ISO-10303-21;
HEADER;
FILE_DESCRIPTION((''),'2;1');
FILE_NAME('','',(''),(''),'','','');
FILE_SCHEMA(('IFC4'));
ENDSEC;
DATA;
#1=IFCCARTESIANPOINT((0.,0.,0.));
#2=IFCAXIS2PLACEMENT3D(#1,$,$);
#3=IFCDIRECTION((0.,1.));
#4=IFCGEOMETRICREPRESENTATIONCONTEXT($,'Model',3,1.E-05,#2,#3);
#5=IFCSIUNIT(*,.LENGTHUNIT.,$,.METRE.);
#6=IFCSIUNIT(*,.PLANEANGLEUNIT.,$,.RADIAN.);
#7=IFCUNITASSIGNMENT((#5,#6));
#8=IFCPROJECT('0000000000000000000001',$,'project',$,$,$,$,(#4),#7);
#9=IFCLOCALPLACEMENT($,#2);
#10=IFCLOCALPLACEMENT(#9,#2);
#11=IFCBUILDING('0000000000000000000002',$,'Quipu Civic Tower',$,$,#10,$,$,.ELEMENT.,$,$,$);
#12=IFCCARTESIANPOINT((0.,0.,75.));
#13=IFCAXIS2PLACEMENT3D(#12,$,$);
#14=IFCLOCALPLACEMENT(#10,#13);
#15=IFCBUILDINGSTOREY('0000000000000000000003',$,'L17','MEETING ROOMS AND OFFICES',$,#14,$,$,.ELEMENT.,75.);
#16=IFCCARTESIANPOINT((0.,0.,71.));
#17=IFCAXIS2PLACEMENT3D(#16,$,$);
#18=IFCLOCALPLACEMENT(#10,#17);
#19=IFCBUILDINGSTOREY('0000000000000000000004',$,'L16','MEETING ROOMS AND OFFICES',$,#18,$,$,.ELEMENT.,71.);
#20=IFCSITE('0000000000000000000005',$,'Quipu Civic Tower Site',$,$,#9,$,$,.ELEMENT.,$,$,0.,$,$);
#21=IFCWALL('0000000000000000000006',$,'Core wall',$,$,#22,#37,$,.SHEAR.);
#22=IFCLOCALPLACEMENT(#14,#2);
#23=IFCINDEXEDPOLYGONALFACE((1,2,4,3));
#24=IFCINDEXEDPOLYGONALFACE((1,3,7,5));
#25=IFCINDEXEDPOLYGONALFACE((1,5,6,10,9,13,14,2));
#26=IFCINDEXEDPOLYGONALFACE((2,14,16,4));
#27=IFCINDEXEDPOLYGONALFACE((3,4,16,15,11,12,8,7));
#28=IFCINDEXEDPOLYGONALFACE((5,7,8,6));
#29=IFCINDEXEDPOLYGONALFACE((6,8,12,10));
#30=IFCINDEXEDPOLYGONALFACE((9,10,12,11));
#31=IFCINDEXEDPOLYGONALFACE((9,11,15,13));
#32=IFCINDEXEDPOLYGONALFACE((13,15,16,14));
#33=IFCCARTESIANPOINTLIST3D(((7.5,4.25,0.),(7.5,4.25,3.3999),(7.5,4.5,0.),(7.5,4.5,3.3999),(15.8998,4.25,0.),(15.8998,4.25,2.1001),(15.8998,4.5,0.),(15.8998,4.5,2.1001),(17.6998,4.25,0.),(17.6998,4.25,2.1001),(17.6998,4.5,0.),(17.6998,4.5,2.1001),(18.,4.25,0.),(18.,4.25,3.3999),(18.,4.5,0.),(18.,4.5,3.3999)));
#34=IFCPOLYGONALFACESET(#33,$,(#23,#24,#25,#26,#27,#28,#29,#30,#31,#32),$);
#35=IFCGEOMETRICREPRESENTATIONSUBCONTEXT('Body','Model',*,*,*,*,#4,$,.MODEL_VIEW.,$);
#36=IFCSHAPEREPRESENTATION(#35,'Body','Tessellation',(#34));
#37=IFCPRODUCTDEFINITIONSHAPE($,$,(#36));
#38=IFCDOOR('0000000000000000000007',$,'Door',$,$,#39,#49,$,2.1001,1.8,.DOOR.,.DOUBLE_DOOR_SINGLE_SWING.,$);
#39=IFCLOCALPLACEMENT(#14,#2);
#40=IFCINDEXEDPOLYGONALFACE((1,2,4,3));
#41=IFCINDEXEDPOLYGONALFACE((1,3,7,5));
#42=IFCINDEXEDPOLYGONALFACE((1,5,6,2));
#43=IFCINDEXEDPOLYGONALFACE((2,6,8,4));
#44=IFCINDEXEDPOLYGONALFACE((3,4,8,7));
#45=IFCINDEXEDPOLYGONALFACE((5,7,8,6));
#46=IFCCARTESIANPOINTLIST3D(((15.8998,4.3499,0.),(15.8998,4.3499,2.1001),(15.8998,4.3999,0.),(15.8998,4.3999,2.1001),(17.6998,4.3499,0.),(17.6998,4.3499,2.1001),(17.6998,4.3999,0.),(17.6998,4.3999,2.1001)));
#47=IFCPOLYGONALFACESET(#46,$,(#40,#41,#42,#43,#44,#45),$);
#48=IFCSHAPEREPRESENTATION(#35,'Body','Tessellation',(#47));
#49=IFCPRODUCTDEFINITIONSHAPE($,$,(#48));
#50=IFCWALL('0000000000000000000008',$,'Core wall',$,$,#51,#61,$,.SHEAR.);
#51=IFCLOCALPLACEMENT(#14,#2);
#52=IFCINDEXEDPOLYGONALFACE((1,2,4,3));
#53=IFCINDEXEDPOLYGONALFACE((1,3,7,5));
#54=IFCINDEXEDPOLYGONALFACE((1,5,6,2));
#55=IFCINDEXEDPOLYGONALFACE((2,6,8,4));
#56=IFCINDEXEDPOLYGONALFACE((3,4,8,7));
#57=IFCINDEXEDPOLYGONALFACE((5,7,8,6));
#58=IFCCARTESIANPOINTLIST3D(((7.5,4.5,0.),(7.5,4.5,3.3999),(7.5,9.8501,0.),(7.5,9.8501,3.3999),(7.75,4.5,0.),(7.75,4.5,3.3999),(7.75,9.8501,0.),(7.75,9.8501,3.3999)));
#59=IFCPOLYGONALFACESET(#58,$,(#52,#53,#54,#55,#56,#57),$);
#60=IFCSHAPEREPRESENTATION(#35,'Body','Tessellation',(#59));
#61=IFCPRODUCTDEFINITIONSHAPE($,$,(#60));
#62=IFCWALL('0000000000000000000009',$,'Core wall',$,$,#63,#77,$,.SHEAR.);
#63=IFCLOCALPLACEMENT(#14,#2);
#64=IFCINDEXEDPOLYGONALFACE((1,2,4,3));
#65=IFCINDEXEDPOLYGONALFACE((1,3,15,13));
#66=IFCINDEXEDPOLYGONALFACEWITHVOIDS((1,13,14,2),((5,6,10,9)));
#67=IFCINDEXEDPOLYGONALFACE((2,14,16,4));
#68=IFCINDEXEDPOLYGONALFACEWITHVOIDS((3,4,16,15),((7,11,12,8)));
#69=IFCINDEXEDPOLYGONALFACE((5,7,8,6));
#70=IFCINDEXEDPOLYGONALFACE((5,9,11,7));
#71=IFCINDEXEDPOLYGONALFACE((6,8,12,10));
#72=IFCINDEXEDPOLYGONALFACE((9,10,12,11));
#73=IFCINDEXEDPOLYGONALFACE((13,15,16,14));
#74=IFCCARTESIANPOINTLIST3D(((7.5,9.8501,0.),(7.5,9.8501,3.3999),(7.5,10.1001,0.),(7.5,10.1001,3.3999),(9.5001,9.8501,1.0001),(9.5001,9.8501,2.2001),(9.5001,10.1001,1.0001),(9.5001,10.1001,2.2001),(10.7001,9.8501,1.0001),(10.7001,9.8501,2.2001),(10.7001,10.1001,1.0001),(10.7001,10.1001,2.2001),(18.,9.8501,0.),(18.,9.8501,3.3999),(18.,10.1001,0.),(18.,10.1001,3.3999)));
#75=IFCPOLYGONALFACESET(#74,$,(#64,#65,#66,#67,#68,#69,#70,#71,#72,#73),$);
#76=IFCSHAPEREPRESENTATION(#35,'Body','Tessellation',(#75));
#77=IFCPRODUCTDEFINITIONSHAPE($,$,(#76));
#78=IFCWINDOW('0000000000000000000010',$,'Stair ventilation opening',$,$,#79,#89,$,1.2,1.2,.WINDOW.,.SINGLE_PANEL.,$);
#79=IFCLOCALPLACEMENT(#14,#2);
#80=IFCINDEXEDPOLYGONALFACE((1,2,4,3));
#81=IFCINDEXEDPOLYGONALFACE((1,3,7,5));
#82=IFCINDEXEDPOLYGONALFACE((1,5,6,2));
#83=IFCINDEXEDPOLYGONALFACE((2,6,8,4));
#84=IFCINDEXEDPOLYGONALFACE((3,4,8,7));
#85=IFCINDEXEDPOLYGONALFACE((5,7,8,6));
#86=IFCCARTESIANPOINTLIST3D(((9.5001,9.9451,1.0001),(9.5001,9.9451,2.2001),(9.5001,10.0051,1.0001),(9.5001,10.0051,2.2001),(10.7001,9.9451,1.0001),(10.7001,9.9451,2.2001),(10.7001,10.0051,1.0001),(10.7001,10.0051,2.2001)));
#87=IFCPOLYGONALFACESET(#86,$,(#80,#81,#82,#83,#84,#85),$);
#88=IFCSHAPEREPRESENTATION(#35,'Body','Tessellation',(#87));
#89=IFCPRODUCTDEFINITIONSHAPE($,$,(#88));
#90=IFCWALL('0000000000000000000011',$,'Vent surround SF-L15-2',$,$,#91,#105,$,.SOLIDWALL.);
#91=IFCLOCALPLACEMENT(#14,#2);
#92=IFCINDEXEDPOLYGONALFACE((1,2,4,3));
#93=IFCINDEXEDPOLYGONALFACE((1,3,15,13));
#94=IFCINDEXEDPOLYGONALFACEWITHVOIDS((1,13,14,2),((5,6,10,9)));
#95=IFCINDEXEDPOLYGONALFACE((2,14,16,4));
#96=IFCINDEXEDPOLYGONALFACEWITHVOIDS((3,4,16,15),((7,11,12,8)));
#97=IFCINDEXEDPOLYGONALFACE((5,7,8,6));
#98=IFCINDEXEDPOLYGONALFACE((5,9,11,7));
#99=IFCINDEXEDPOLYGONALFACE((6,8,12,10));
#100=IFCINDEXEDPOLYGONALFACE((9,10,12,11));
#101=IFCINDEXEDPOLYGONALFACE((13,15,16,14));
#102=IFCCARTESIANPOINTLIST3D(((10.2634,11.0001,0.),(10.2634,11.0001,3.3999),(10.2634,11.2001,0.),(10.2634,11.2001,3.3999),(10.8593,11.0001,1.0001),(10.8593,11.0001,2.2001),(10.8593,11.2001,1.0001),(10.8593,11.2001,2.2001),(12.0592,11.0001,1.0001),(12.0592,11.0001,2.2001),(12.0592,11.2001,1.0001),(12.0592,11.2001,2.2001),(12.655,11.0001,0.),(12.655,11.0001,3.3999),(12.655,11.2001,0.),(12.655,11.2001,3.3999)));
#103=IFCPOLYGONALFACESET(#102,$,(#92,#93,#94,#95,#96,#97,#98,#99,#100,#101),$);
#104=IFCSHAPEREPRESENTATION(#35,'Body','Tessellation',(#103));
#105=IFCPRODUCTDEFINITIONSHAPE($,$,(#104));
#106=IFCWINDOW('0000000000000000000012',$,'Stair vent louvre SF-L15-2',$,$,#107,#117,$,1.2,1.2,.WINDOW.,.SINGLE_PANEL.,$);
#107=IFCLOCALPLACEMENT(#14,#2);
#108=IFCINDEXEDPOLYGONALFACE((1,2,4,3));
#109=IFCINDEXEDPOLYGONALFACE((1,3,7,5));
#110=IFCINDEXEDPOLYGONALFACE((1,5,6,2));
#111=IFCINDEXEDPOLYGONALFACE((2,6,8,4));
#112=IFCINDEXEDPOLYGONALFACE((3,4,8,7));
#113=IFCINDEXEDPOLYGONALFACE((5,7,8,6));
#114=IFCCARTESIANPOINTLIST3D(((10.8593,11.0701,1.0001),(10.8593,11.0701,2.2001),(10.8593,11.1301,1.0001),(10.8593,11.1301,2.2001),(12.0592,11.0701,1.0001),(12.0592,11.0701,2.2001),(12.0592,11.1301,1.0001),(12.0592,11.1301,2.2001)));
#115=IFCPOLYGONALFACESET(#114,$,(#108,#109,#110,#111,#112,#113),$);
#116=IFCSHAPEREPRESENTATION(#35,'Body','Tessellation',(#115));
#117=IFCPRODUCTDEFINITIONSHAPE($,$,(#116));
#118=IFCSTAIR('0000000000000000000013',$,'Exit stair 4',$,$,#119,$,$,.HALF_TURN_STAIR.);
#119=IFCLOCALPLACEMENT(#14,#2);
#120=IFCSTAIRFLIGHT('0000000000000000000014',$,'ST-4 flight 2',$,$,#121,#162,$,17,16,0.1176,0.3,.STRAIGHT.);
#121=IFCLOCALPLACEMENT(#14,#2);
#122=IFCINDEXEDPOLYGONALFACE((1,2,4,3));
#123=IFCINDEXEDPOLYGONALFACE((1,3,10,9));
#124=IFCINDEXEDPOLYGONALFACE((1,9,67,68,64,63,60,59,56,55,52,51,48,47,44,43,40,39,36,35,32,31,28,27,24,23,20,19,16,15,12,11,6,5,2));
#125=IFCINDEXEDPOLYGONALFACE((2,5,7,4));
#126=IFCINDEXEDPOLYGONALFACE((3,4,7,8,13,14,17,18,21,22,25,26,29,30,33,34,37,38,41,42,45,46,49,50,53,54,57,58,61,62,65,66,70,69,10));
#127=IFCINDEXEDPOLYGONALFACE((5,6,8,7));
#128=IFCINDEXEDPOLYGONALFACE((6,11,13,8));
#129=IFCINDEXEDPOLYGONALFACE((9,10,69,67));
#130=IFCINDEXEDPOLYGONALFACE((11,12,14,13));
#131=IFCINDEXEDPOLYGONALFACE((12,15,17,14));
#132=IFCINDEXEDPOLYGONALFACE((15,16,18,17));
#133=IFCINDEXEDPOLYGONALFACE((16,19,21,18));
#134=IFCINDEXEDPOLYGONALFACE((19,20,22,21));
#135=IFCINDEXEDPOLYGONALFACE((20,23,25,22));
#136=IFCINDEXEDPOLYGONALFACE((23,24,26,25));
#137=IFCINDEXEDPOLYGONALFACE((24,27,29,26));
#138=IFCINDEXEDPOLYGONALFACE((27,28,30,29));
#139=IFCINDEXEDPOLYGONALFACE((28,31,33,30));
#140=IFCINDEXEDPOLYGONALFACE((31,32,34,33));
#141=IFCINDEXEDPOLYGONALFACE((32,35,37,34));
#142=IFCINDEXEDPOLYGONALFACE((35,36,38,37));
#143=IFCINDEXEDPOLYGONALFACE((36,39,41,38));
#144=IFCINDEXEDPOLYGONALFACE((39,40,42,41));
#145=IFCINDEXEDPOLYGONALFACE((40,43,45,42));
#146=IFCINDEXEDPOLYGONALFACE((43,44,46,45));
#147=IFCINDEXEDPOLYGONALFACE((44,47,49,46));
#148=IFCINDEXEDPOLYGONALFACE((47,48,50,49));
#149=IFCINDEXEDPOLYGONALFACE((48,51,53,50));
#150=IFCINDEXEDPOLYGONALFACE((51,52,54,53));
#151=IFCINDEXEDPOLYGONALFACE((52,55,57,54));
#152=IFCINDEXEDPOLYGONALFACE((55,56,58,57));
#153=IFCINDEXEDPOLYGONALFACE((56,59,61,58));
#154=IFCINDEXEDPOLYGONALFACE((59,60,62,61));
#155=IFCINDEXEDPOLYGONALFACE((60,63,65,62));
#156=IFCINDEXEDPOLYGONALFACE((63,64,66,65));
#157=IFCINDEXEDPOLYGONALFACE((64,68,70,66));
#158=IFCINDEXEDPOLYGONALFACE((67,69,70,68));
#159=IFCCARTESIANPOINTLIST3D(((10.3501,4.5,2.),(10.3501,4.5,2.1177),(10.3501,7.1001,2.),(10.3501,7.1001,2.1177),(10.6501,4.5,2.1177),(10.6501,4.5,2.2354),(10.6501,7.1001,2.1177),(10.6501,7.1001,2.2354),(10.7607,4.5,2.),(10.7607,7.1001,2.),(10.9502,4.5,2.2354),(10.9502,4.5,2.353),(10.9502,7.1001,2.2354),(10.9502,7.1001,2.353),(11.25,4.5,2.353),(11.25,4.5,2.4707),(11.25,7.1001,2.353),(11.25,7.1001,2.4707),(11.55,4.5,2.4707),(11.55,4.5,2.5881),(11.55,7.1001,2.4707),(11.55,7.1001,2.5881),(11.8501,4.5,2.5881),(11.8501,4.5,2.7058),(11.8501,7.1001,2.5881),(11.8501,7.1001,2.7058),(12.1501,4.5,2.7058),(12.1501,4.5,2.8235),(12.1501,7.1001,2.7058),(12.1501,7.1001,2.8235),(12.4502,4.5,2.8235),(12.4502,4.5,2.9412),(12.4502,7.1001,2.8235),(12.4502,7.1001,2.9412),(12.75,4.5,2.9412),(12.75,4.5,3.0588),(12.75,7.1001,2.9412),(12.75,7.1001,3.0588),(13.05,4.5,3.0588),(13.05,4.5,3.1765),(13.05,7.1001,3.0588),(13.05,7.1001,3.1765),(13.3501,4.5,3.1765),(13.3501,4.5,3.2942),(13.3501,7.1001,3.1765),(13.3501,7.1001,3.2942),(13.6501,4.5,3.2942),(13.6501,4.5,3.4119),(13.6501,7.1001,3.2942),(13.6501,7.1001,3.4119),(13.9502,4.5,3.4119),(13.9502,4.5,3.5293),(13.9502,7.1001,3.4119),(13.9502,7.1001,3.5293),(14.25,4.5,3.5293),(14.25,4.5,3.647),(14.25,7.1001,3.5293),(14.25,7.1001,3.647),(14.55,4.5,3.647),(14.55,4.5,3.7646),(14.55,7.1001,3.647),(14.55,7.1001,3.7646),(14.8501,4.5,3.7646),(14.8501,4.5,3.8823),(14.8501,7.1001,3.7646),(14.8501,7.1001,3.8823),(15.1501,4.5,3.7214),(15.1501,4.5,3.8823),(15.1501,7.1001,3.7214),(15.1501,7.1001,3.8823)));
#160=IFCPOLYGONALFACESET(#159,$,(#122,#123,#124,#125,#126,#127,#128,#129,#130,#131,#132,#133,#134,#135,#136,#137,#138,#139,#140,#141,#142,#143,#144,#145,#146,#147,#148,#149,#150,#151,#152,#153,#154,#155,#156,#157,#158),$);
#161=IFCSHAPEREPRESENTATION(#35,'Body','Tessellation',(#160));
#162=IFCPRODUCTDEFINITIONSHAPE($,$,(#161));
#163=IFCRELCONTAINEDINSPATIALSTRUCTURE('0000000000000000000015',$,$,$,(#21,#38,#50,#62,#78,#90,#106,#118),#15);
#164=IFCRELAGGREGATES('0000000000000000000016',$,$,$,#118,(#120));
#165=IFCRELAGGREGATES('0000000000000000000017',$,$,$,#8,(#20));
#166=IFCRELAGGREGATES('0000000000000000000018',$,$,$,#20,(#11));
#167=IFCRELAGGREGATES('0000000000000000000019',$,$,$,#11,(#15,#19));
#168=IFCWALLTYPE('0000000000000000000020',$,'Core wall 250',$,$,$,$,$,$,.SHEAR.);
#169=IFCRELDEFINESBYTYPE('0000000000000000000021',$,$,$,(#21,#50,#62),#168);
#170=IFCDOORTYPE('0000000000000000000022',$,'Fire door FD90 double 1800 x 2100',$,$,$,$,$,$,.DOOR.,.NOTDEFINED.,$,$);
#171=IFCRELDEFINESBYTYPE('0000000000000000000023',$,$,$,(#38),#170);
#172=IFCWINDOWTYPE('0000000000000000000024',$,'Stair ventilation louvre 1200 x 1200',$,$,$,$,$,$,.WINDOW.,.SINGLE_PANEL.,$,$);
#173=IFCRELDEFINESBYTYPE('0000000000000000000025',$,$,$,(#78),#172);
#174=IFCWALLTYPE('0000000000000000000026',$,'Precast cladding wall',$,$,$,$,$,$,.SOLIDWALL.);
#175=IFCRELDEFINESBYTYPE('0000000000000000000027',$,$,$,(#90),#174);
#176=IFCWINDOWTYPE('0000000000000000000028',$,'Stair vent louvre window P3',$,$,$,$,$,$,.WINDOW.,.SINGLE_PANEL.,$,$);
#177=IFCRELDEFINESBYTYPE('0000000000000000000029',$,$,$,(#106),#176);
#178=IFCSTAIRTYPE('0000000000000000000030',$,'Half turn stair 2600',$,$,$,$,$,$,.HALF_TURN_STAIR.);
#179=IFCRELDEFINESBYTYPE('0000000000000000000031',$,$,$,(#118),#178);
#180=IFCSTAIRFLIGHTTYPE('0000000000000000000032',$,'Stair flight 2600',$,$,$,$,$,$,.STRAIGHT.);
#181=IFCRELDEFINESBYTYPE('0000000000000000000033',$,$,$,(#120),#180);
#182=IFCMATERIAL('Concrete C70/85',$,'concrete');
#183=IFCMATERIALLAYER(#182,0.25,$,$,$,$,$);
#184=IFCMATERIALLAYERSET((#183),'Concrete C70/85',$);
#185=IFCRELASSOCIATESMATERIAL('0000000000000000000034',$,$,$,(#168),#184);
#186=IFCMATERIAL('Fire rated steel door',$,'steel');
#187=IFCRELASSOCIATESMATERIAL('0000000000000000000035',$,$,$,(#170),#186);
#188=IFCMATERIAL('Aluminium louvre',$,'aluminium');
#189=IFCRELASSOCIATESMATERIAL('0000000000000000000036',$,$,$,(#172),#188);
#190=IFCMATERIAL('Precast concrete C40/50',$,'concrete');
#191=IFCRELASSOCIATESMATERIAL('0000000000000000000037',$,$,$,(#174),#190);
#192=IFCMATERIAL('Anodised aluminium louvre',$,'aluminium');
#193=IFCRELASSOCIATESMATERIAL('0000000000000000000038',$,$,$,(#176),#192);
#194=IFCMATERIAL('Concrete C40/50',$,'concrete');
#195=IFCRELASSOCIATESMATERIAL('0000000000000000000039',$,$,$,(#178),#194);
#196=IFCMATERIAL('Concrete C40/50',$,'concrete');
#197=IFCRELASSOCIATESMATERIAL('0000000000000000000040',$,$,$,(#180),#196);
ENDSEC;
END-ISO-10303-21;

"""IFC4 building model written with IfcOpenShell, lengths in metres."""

from ifc_helpers import new_model, si_unit, direction, frame, frame_2d, origin, place, context, subcontext, project, spatial, polyline, rectangle, outline, extrude, material, layer, layer_set, type_object, element, fill, aggregate, save


model = new_model("IFC4")

# Units and contexts
model_context = context("Model", 3, precision=1e-05, world=origin(), true_north=direction((0.0, 1.0)))
body_context = subcontext(model_context, "Body", "Model", "MODEL_VIEW")
ifc_project = project(units=[si_unit("LENGTHUNIT", "METRE"), si_unit("PLANEANGLEUNIT", "RADIAN")], contexts=[model_context])

# Site, building, storey
site_placement = place(None, origin())
site = spatial("IfcSite", under=ifc_project, at=site_placement, Name="Quipu Civic Tower Site", CompositionType="ELEMENT", RefElevation=0.0)
building_placement = place(site_placement, origin())
building = spatial("IfcBuilding", under=site, at=building_placement, Name="Quipu Civic Tower", CompositionType="ELEMENT")
storey_1_placement = place(building_placement, frame((0.0, 0.0, 75.0)))
storey_1 = spatial("IfcBuildingStorey", under=building, at=storey_1_placement, Name="L17", Description="MEETING ROOMS AND OFFICES", CompositionType="ELEMENT", Elevation=75.0)

# Shared definitions
storey_2_placement = place(building_placement, frame((0.0, 0.0, 71.0)))
storey_2 = spatial("IfcBuildingStorey", under=building, at=storey_2_placement, Name="L16", Description="MEETING ROOMS AND OFFICES", CompositionType="ELEMENT", Elevation=71.0)

# Shared definitions
ifc_material_1 = material(Name="Concrete C70/85", Category="concrete")
ifc_layer_1 = layer(ifc_material_1, 0.25)
ifc_layer_set_1 = layer_set([ifc_layer_1], Name="Concrete C70/85")
wall_type_1 = type_object("IfcWallType", Name="Core wall 250", PredefinedType="SHEAR", material=ifc_layer_set_1)
ifc_material_2 = material(Name="Fire rated steel door", Category="steel")
door_type = type_object("IfcDoorType", Name="Fire door FD90 double 1800 x 2100", OperationType="NOTDEFINED", PredefinedType="DOOR", material=ifc_material_2)

# Wall, opening, door
wall_1_placement = place(storey_1_placement, frame((7.5, 4.375, 0.0), z_axis=(0.0, 0.0, 1.0), x_axis=(1.0, 0.0, 0.0)))
wall_1 = element("IfcWall", 1, at=wall_1_placement, inside=storey_1, type_object=wall_type_1, Name="Core wall", PredefinedType="SHEAR", context=body_context, shape_type="SweptSolid", body=[
    extrude(rectangle(XDim=10.5, YDim=0.25, at=frame_2d((5.25, 0.0))), origin(), (0.0, 0.0, 1.0), 3.3999),
])
opening_1_placement = place(wall_1_placement, frame((8.3999, 0.0, 0.0)))
opening_1 = element("IfcOpeningElement", 2, at=opening_1_placement, cuts=wall_1, PredefinedType="OPENING", context=body_context, shape_type="SweptSolid", body=[
    extrude(rectangle(XDim=1.8, YDim=2.1001, at=frame_2d((0.8999, 1.05))), frame((0.0, 0.135, 0.0), z_axis=(0.0, -1.0, 0.0), x_axis=(1.0, 0.0, 0.0)), (0.0, 0.0, 1.0), 0.27),
])
door_1_placement = place(opening_1_placement, origin())
door_1 = element("IfcDoor", 3, at=door_1_placement, inside=storey_1, type_object=door_type, Name="Door", OperationType="DOUBLE_DOOR_SINGLE_SWING", OverallHeight=2.1001, OverallWidth=1.8, PredefinedType="DOOR", context=body_context, shape_type="SweptSolid", body=[
    extrude(rectangle(XDim=1.8, YDim=2.1001, at=frame_2d((0.8999, 1.05))), frame((0.0, 0.0249, 0.0), z_axis=(0.0, -1.0, 0.0), x_axis=(1.0, 0.0, 0.0)), (0.0, 0.0, 1.0), 0.05),
])
fill(opening_1, door_1)

# Wall
wall_2_placement = place(storey_1_placement, frame((7.625, 4.5, 0.0), z_axis=(0.0, 0.0, 1.0), x_axis=(0.0, 1.0, 0.0)))
element("IfcWall", 4, at=wall_2_placement, inside=storey_1, type_object=wall_type_1, Name="Core wall", PredefinedType="SHEAR", context=body_context, shape_type="SweptSolid", body=[
    extrude(rectangle(XDim=5.3501, YDim=0.25, at=frame_2d((2.675, 0.0))), origin(), (0.0, 0.0, 1.0), 3.3999),
])

# Walls, openings, windows
wall_3_placement = place(storey_1_placement, frame((7.5, 9.9751, 0.0), z_axis=(0.0, 0.0, 1.0), x_axis=(1.0, 0.0, 0.0)))
wall_3 = element("IfcWall", 5, at=wall_3_placement, inside=storey_1, type_object=wall_type_1, Name="Core wall", PredefinedType="SHEAR", context=body_context, shape_type="SweptSolid", body=[
    extrude(rectangle(XDim=10.5, YDim=0.25, at=frame_2d((5.25, 0.0))), origin(), (0.0, 0.0, 1.0), 3.3999),
])
opening_2_placement = place(wall_3_placement, frame((2.0, 0.0, 1.0)))
opening_2 = element("IfcOpeningElement", 6, at=opening_2_placement, cuts=wall_3, PredefinedType="OPENING", context=body_context, shape_type="SweptSolid", body=[
    extrude(rectangle(XDim=1.2, YDim=1.2, at=frame_2d((0.6001, 0.6001))), frame((0.0, 0.135, 0.0), z_axis=(0.0, -1.0, 0.0), x_axis=(1.0, 0.0, 0.0)), (0.0, 0.0, 1.0), 0.27),
])
ifc_material_3 = material(Name="Aluminium louvre", Category="aluminium")
window_type_1 = type_object("IfcWindowType", Name="Stair ventilation louvre 1200 x 1200", PartitioningType="SINGLE_PANEL", PredefinedType="WINDOW", material=ifc_material_3)
window_1_placement = place(opening_2_placement, origin())
window_1 = element("IfcWindow", 7, at=window_1_placement, inside=storey_1, type_object=window_type_1, Name="Stair ventilation opening", OverallHeight=1.2, OverallWidth=1.2, PartitioningType="SINGLE_PANEL", PredefinedType="WINDOW", context=body_context, shape_type="SweptSolid", body=[
    extrude(rectangle(XDim=1.2, YDim=1.2, at=frame_2d((0.6001, 0.6001))), frame((0.0, 0.03, 0.0), z_axis=(0.0, -1.0, 0.0), x_axis=(1.0, 0.0, 0.0)), (0.0, 0.0, 1.0), 0.0601),
])
fill(opening_2, window_1)
ifc_material_4 = material(Name="Precast concrete C40/50", Category="concrete")
wall_type_2 = type_object("IfcWallType", Name="Precast cladding wall", PredefinedType="SOLIDWALL", material=ifc_material_4)
wall_4_placement = place(storey_1_placement, frame((12.655, 11.1001, 0.0), z_axis=(0.0, 0.0, 1.0), x_axis=(-1.0, 0.0, 0.0)))
wall_4 = element("IfcWall", 8, at=wall_4_placement, inside=storey_1, type_object=wall_type_2, Name="Vent surround SF-L15-2", PredefinedType="SOLIDWALL", context=body_context, shape_type="SweptSolid", body=[
    extrude(rectangle(XDim=2.3916, YDim=0.2, at=frame_2d((1.1958, 0.0))), origin(), (0.0, 0.0, 1.0), 3.3999),
])
opening_3_placement = place(wall_4_placement, frame((0.5957, 0.0, 1.0)))
opening_3 = element("IfcOpeningElement", 9, at=opening_3_placement, cuts=wall_4, PredefinedType="OPENING", context=body_context, shape_type="SweptSolid", body=[
    extrude(rectangle(XDim=1.2, YDim=1.2, at=frame_2d((0.6001, 0.6001))), frame((0.0, 0.1099, 0.0), z_axis=(0.0, -1.0, 0.0), x_axis=(1.0, 0.0, 0.0)), (0.0, 0.0, 1.0), 0.22),
])
ifc_material_5 = material(Name="Anodised aluminium louvre", Category="aluminium")
window_type_2 = type_object("IfcWindowType", Name="Stair vent louvre window P3", PartitioningType="SINGLE_PANEL", PredefinedType="WINDOW", material=ifc_material_5)
window_2_placement = place(opening_3_placement, origin())
window_2 = element("IfcWindow", 10, at=window_2_placement, inside=storey_1, type_object=window_type_2, Name="Stair vent louvre SF-L15-2", OverallHeight=1.2, OverallWidth=1.2, PartitioningType="SINGLE_PANEL", PredefinedType="WINDOW", context=body_context, shape_type="SweptSolid", body=[
    extrude(rectangle(XDim=1.2, YDim=1.2, at=frame_2d((0.6001, 0.6001))), frame((0.0, 0.03, 0.0), z_axis=(0.0, -1.0, 0.0), x_axis=(1.0, 0.0, 0.0)), (0.0, 0.0, 1.0), 0.0601),
])
fill(opening_3, window_2)

# Stair, stair flight
ifc_material_6 = material(Name="Concrete C40/50", Category="concrete")
stair_type = type_object("IfcStairType", Name="Half turn stair 2600", PredefinedType="HALF_TURN_STAIR", material=ifc_material_6)
stair_placement = place(storey_1_placement, origin())
stair = element("IfcStair", 11, at=stair_placement, inside=storey_1, type_object=stair_type, Name="Exit stair 4", PredefinedType="HALF_TURN_STAIR")
ifc_material_7 = material(Name="Concrete C40/50", Category="concrete")
stair_flight_type = type_object("IfcStairFlightType", Name="Stair flight 2600", PredefinedType="STRAIGHT", material=ifc_material_7)
stair_flight_placement = place(storey_1_placement, frame((10.3501, 5.8, 2.0), z_axis=(0.0, 0.0, 1.0), x_axis=(1.0, 0.0, 0.0)))
stair_flight = element("IfcStairFlight", 12, at=stair_flight_placement, type_object=stair_flight_type, Name="ST-4 flight 2", NumberOfRisers=17, NumberOfTreads=16, PredefinedType="STRAIGHT", RiserHeight=0.1176, TreadLength=0.3, context=body_context, shape_type="SweptSolid", body=[
    extrude(outline(polyline([(0.0, 0.0), (0.0, 0.1177), (0.3, 0.1177), (0.3, 0.2354), (0.6001, 0.2354), (0.6001, 0.353), (0.8999, 0.353), (0.8999, 0.4707), (1.2, 0.4707), (1.2, 0.5881), (1.5, 0.5881), (1.5, 0.7058), (1.8, 0.7058), (1.8, 0.8235), (2.1001, 0.8235), (2.1001, 0.9412), (2.3999, 0.9412), (2.3999, 1.0588), (2.7, 1.0588), (2.7, 1.1765), (3.0, 1.1765), (3.0, 1.2942), (3.3, 1.2942), (3.3, 1.4119), (3.6001, 1.4119), (3.6001, 1.5293), (3.8999, 1.5293), (3.8999, 1.647), (4.2, 1.647), (4.2, 1.7646), (4.5, 1.7646), (4.5, 1.8823), (4.8, 1.8823), (4.8, 2.0), (4.8, 1.7214), (0.4106, 0.0), (0.0, 0.0)])), frame((0.0, 1.3, 0.0), z_axis=(0.0, -1.0, 0.0), x_axis=(1.0, 0.0, 0.0)), (0.0, 0.0, 1.0), 2.6001),
])
aggregate(stair, [stair_flight])

save(model, "model.ifc")
